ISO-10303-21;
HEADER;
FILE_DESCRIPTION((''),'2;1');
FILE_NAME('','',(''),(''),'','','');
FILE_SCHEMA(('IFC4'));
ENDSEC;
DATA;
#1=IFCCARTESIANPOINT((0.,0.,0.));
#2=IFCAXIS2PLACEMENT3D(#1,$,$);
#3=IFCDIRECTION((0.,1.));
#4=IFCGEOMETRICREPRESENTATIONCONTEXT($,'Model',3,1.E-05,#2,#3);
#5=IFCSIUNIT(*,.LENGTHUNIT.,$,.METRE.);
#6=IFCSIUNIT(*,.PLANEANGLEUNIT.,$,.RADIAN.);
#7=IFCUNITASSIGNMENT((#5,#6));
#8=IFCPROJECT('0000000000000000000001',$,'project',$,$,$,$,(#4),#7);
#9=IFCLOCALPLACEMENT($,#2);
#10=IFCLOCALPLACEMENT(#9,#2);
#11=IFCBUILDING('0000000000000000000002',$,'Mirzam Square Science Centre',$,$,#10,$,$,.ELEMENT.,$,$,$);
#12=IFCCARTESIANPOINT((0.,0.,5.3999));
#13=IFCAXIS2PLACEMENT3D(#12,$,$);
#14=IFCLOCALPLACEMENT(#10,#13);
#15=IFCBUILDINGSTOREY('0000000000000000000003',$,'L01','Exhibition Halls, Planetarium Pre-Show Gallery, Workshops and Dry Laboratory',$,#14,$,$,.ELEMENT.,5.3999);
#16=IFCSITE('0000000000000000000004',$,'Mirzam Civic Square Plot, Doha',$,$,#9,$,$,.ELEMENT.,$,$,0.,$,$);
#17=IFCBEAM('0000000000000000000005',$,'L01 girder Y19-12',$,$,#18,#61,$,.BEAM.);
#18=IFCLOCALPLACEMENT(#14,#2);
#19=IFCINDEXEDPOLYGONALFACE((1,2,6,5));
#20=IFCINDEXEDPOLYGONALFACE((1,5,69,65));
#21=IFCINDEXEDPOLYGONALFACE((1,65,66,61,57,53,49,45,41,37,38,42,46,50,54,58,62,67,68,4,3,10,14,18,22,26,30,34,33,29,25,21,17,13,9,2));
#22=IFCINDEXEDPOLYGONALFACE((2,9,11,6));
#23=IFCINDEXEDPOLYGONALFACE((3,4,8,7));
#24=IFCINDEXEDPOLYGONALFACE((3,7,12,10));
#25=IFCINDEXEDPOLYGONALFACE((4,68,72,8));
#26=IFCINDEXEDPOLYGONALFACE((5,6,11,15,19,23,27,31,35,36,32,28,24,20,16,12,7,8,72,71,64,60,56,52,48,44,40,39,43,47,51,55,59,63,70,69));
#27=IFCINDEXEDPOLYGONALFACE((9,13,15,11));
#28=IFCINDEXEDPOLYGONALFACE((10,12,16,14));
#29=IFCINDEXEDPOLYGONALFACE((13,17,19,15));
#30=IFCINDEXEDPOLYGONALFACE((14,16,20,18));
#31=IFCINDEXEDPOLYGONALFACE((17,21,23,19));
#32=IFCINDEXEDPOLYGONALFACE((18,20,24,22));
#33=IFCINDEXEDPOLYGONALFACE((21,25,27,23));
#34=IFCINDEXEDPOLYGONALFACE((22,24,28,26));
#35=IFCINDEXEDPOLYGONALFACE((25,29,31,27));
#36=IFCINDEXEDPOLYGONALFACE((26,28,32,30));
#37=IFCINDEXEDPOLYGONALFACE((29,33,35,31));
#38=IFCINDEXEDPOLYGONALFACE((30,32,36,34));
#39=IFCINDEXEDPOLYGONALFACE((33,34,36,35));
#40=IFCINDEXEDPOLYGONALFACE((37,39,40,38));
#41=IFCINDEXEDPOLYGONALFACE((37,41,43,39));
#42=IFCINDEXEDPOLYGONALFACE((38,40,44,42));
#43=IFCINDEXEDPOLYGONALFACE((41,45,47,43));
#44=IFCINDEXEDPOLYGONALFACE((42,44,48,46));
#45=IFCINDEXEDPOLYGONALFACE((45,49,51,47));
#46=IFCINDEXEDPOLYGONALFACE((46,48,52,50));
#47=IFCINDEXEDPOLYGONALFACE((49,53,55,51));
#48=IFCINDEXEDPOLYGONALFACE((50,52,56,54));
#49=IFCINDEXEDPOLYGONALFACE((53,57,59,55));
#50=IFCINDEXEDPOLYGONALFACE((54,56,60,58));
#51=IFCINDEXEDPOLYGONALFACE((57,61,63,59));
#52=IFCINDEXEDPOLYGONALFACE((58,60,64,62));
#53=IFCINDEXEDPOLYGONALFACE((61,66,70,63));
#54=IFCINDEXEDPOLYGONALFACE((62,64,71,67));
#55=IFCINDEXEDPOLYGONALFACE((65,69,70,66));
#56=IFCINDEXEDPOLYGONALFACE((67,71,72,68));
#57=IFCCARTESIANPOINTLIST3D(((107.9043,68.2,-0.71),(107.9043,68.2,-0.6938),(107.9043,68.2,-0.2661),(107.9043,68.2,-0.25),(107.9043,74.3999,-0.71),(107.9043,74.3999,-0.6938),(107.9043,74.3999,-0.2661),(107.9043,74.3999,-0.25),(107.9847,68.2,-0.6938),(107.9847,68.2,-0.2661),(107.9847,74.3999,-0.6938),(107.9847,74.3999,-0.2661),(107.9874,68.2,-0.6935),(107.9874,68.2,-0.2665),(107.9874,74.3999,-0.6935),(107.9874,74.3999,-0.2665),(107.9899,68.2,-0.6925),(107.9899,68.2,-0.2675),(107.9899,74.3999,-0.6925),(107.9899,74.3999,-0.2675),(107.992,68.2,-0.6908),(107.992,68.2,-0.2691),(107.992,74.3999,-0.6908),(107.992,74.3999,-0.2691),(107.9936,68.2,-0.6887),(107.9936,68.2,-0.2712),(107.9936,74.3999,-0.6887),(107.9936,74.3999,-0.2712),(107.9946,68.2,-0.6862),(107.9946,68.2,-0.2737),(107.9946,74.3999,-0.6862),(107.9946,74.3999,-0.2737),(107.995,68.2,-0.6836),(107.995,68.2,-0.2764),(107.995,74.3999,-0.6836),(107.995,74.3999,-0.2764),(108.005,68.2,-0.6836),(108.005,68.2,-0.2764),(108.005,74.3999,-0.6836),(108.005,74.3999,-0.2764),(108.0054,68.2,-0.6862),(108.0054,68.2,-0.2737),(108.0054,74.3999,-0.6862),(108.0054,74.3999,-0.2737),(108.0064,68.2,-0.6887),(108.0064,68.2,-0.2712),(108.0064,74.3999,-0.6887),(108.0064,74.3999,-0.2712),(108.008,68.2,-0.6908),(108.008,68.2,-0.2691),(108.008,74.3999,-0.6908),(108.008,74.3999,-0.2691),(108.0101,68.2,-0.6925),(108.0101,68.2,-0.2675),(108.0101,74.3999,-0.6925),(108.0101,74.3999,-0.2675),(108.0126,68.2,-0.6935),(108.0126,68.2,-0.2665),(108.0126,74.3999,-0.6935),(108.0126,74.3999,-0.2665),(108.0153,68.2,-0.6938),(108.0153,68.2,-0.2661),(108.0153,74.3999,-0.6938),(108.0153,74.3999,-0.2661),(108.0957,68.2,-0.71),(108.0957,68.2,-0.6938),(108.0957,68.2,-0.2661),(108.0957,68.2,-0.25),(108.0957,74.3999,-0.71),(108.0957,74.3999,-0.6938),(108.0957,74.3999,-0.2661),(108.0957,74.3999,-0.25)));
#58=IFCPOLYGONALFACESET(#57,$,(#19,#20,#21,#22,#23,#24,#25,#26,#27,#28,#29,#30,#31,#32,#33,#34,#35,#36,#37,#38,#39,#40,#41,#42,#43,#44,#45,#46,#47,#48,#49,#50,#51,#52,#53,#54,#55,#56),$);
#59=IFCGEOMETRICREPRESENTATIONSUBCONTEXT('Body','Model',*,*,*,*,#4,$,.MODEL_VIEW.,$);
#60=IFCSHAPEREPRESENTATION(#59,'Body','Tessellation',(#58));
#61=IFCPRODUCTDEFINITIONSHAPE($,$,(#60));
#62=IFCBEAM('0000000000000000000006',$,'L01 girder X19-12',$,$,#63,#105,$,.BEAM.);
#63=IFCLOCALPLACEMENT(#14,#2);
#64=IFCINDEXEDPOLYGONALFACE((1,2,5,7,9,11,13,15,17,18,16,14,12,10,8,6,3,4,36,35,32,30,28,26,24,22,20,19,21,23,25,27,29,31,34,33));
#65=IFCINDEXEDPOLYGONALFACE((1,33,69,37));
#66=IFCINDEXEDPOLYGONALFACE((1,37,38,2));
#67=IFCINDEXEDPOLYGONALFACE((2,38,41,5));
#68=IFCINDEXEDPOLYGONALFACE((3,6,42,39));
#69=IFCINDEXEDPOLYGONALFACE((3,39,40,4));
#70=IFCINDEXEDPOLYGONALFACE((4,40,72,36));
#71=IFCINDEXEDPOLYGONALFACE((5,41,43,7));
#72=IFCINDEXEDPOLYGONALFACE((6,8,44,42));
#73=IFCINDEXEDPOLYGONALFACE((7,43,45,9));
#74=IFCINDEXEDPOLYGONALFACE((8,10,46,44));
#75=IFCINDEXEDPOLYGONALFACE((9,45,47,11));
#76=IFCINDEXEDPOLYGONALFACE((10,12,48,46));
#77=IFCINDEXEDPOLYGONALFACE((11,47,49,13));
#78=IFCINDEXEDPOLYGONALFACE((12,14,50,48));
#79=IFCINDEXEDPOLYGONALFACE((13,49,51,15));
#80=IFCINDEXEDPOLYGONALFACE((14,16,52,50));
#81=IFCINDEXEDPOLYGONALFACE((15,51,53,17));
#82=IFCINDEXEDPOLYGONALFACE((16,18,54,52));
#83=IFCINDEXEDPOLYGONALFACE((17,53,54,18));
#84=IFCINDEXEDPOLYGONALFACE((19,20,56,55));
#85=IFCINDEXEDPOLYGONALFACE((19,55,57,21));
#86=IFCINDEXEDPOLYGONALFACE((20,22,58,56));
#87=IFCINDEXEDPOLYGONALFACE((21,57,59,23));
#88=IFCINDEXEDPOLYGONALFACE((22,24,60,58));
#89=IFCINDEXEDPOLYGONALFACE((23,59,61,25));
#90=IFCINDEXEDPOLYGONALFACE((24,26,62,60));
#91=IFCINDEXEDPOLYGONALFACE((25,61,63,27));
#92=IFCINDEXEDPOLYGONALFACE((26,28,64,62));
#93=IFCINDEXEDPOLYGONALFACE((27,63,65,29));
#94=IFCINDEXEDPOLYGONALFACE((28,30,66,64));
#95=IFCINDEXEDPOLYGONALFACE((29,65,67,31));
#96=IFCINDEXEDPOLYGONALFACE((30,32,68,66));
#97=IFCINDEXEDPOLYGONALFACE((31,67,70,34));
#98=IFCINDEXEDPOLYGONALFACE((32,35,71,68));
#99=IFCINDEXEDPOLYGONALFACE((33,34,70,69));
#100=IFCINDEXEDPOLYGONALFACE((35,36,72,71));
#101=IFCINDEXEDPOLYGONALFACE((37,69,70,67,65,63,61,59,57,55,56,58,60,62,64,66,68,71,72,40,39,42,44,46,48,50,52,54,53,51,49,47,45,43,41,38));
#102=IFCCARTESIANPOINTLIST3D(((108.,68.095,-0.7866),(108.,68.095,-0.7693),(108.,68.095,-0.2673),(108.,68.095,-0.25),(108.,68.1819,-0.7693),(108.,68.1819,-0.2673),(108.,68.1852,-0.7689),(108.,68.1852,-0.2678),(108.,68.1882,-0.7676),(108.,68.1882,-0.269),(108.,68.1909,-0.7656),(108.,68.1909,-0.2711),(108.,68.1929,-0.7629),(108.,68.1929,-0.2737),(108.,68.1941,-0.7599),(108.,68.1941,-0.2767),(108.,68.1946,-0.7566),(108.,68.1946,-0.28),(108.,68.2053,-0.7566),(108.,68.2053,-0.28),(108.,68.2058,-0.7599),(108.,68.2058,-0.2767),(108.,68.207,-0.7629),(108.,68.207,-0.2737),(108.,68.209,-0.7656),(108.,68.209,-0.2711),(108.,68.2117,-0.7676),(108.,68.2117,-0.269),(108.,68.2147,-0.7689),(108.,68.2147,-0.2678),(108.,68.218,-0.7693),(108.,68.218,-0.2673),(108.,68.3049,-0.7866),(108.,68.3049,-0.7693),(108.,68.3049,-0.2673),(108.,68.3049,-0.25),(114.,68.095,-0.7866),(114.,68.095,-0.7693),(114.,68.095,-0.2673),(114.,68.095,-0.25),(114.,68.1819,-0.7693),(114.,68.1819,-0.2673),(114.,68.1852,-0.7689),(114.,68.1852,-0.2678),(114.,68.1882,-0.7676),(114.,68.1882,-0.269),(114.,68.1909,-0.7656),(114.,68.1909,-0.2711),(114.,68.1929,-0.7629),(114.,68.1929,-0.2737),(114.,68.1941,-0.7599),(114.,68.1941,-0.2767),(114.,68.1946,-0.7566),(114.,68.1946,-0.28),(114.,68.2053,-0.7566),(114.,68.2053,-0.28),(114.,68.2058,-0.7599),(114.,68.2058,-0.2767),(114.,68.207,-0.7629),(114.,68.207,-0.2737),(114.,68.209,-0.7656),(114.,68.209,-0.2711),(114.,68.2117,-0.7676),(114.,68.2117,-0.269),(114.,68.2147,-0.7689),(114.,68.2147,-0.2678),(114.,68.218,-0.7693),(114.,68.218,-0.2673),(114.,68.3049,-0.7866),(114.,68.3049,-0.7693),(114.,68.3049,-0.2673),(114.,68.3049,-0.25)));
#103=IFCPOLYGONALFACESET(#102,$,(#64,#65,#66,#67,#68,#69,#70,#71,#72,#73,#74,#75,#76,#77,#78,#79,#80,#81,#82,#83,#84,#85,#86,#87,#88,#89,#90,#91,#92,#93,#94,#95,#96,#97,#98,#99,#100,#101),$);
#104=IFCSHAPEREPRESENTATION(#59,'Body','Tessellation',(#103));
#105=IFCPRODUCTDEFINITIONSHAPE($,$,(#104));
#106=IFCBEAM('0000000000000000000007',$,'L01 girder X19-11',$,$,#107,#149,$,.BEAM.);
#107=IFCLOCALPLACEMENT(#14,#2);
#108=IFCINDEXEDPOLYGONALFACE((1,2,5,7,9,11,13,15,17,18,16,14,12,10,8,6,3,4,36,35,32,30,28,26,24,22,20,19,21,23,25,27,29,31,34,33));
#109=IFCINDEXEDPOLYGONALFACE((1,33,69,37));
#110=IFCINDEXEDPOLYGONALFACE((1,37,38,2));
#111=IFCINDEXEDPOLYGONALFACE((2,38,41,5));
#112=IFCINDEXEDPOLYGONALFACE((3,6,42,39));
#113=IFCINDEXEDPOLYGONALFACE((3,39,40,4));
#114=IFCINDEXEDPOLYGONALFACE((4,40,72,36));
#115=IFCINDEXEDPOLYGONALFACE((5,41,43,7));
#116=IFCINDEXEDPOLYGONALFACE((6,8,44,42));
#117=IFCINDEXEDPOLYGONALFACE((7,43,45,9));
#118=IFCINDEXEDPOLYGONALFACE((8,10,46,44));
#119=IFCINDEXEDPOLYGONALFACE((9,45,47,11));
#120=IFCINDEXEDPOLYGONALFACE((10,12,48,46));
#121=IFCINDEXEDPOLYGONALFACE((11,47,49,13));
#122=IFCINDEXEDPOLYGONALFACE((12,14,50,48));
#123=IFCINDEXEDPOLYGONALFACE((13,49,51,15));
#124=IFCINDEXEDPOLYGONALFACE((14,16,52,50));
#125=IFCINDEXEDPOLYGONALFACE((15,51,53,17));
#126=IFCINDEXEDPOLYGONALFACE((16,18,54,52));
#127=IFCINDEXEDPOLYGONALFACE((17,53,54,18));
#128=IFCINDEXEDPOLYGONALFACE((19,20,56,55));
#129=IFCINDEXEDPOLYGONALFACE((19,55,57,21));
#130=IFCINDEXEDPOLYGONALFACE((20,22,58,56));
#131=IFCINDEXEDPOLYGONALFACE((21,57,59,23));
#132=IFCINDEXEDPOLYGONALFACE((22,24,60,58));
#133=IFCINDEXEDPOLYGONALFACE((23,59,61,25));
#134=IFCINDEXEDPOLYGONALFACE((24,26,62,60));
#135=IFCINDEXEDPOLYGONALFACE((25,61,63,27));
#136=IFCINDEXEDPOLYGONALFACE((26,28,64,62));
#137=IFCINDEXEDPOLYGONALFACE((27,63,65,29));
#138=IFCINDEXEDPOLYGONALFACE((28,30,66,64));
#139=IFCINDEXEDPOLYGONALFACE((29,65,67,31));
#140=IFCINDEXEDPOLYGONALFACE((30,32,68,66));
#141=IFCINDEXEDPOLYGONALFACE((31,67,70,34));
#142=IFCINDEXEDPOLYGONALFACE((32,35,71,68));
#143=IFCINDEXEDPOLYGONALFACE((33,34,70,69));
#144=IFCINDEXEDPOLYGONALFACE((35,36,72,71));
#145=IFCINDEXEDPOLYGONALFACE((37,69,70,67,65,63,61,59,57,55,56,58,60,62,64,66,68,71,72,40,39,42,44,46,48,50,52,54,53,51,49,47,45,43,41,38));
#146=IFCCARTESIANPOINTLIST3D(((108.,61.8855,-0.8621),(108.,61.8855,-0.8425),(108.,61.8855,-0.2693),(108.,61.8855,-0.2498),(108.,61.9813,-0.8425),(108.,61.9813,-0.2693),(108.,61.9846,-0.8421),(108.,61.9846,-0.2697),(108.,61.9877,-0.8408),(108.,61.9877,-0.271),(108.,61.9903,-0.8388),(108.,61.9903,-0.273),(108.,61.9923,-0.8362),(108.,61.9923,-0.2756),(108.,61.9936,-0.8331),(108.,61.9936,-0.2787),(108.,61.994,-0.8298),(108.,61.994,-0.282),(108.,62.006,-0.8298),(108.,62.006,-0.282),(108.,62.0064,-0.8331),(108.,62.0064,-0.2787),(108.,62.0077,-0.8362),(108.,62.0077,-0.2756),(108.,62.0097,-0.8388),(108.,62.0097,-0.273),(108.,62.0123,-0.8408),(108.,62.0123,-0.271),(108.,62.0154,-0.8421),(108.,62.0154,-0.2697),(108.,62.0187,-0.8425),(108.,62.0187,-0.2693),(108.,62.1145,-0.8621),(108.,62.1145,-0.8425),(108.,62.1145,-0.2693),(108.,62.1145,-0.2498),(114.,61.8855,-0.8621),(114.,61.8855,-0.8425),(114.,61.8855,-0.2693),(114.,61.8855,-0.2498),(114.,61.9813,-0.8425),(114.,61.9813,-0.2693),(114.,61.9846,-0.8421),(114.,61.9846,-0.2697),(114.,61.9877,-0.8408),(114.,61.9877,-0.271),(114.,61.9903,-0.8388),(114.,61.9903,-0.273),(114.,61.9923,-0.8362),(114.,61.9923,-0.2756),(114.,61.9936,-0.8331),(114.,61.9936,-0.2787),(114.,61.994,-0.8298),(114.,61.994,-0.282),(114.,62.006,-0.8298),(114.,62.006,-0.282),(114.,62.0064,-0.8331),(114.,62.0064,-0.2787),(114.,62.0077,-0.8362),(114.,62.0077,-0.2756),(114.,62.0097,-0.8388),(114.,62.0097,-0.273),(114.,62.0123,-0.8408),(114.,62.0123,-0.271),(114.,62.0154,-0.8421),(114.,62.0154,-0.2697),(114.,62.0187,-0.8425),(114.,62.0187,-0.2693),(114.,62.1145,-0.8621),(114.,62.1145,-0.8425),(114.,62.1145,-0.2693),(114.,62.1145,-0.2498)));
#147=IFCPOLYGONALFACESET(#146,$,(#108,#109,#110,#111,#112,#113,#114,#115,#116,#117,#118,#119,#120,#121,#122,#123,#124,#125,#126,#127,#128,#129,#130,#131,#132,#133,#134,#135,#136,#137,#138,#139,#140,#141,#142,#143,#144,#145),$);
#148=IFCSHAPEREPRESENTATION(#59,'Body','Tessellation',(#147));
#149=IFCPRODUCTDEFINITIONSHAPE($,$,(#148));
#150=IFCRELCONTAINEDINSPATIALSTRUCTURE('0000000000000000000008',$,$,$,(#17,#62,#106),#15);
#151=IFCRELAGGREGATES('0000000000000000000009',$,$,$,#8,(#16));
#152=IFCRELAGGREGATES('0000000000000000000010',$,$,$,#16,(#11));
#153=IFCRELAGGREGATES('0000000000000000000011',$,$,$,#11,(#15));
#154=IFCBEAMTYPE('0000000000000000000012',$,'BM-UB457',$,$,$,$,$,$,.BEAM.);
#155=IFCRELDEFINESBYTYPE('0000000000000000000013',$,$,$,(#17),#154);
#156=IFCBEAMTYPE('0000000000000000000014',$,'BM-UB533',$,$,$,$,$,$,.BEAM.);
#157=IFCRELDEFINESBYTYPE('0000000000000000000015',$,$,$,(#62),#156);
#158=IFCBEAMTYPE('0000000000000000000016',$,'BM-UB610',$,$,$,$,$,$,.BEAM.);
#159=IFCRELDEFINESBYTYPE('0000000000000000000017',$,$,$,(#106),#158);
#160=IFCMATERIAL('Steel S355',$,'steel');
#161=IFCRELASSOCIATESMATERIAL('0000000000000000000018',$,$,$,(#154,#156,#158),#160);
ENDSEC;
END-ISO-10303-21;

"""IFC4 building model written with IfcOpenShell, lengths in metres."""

from ifc_helpers import new_model, si_unit, direction, frame, origin, origin_2d, place, context, subcontext, project, spatial, i_section, extrude, material, material_profile, profile_set, type_object, element, save


model = new_model("IFC4")

# Units and contexts
model_context = context("Model", 3, precision=1e-05, world=origin(), true_north=direction((0.0, 1.0)))
body_context = subcontext(model_context, "Body", "Model", "MODEL_VIEW")
ifc_project = project(units=[si_unit("LENGTHUNIT", "METRE"), si_unit("PLANEANGLEUNIT", "RADIAN")], contexts=[model_context])

# Site, building, storey
site_placement = place(None, origin())
site = spatial("IfcSite", under=ifc_project, at=site_placement, Name="Mirzam Civic Square Plot, Doha", CompositionType="ELEMENT", RefElevation=0.0)
building_placement = place(site_placement, origin())
building = spatial("IfcBuilding", under=site, at=building_placement, Name="Mirzam Square Science Centre", CompositionType="ELEMENT")
storey_placement = place(building_placement, frame((0.0, 0.0, 5.3999)))
storey = spatial("IfcBuildingStorey", under=building, at=storey_placement, Name="L01", Description="Exhibition Halls, Planetarium Pre-Show Gallery, Workshops and Dry Laboratory", CompositionType="ELEMENT", Elevation=5.3999)

# Shared definitions
ifc_material_1 = material(Name="Steel S355", Category="steel")

# Beams
ifc_material_profile_1 = material_profile(ifc_material_1, i_section(OverallWidth=0.1914, OverallDepth=0.46, WebThickness=0.01, FlangeThickness=0.0161, FilletRadius=0.0103, at=origin_2d()), Name="457x191x82UB")
ifc_profile_set_1 = profile_set([ifc_material_profile_1], Name="Steel S355")
beam_type_1 = type_object("IfcBeamType", Name="BM-UB457", PredefinedType="BEAM", material=ifc_profile_set_1)
beam_1_placement = place(storey_placement, frame((108.0, 68.2, -0.48), z_axis=(0.0, 1.0, 0.0), x_axis=(-1.0, 0.0, 0.0)))
element("IfcBeam", 1, at=beam_1_placement, inside=storey, type_object=beam_type_1, Name="L01 girder Y19-12", PredefinedType="BEAM", context=body_context, shape_type="SweptSolid", body=[
    extrude(i_section(OverallWidth=0.1914, OverallDepth=0.46, WebThickness=0.01, FlangeThickness=0.0161, FilletRadius=0.0103, at=origin_2d()), origin(), (0.0, 0.0, 1.0), 6.2),
])
ifc_material_profile_2 = material_profile(ifc_material_1, i_section(OverallWidth=0.21, OverallDepth=0.5366, WebThickness=0.0107, FlangeThickness=0.0173, FilletRadius=0.0127, at=origin_2d()), Name="533x210x101UB")
ifc_profile_set_2 = profile_set([ifc_material_profile_2], Name="Steel S355")
beam_type_2 = type_object("IfcBeamType", Name="BM-UB533", PredefinedType="BEAM", material=ifc_profile_set_2)
beam_2_placement = place(storey_placement, frame((108.0, 68.2, -0.5183), z_axis=(1.0, 0.0, 0.0), x_axis=(0.0, 1.0, 0.0)))
element("IfcBeam", 2, at=beam_2_placement, inside=storey, type_object=beam_type_2, Name="L01 girder X19-12", PredefinedType="BEAM", context=body_context, shape_type="SweptSolid", body=[
    extrude(i_section(OverallWidth=0.21, OverallDepth=0.5366, WebThickness=0.0107, FlangeThickness=0.0173, FilletRadius=0.0127, at=origin_2d()), origin(), (0.0, 0.0, 1.0), 6.0),
])
ifc_material_profile_3 = material_profile(ifc_material_1, i_section(OverallWidth=0.229, OverallDepth=0.6123, WebThickness=0.012, FlangeThickness=0.0195, FilletRadius=0.0127, at=origin_2d()), Name="610x229x125UB")
ifc_profile_set_3 = profile_set([ifc_material_profile_3], Name="Steel S355")
beam_type_3 = type_object("IfcBeamType", Name="BM-UB610", PredefinedType="BEAM", material=ifc_profile_set_3)
beam_3_placement = place(storey_placement, frame((108.0, 62.0, -0.5559), z_axis=(1.0, 0.0, 0.0), x_axis=(0.0, 1.0, 0.0)))
element("IfcBeam", 3, at=beam_3_placement, inside=storey, type_object=beam_type_3, Name="L01 girder X19-11", PredefinedType="BEAM", context=body_context, shape_type="SweptSolid", body=[
    extrude(i_section(OverallWidth=0.229, OverallDepth=0.6123, WebThickness=0.012, FlangeThickness=0.0195, FilletRadius=0.0127, at=origin_2d()), origin(), (0.0, 0.0, 1.0), 6.0),
])

save(model, "model.ifc")
